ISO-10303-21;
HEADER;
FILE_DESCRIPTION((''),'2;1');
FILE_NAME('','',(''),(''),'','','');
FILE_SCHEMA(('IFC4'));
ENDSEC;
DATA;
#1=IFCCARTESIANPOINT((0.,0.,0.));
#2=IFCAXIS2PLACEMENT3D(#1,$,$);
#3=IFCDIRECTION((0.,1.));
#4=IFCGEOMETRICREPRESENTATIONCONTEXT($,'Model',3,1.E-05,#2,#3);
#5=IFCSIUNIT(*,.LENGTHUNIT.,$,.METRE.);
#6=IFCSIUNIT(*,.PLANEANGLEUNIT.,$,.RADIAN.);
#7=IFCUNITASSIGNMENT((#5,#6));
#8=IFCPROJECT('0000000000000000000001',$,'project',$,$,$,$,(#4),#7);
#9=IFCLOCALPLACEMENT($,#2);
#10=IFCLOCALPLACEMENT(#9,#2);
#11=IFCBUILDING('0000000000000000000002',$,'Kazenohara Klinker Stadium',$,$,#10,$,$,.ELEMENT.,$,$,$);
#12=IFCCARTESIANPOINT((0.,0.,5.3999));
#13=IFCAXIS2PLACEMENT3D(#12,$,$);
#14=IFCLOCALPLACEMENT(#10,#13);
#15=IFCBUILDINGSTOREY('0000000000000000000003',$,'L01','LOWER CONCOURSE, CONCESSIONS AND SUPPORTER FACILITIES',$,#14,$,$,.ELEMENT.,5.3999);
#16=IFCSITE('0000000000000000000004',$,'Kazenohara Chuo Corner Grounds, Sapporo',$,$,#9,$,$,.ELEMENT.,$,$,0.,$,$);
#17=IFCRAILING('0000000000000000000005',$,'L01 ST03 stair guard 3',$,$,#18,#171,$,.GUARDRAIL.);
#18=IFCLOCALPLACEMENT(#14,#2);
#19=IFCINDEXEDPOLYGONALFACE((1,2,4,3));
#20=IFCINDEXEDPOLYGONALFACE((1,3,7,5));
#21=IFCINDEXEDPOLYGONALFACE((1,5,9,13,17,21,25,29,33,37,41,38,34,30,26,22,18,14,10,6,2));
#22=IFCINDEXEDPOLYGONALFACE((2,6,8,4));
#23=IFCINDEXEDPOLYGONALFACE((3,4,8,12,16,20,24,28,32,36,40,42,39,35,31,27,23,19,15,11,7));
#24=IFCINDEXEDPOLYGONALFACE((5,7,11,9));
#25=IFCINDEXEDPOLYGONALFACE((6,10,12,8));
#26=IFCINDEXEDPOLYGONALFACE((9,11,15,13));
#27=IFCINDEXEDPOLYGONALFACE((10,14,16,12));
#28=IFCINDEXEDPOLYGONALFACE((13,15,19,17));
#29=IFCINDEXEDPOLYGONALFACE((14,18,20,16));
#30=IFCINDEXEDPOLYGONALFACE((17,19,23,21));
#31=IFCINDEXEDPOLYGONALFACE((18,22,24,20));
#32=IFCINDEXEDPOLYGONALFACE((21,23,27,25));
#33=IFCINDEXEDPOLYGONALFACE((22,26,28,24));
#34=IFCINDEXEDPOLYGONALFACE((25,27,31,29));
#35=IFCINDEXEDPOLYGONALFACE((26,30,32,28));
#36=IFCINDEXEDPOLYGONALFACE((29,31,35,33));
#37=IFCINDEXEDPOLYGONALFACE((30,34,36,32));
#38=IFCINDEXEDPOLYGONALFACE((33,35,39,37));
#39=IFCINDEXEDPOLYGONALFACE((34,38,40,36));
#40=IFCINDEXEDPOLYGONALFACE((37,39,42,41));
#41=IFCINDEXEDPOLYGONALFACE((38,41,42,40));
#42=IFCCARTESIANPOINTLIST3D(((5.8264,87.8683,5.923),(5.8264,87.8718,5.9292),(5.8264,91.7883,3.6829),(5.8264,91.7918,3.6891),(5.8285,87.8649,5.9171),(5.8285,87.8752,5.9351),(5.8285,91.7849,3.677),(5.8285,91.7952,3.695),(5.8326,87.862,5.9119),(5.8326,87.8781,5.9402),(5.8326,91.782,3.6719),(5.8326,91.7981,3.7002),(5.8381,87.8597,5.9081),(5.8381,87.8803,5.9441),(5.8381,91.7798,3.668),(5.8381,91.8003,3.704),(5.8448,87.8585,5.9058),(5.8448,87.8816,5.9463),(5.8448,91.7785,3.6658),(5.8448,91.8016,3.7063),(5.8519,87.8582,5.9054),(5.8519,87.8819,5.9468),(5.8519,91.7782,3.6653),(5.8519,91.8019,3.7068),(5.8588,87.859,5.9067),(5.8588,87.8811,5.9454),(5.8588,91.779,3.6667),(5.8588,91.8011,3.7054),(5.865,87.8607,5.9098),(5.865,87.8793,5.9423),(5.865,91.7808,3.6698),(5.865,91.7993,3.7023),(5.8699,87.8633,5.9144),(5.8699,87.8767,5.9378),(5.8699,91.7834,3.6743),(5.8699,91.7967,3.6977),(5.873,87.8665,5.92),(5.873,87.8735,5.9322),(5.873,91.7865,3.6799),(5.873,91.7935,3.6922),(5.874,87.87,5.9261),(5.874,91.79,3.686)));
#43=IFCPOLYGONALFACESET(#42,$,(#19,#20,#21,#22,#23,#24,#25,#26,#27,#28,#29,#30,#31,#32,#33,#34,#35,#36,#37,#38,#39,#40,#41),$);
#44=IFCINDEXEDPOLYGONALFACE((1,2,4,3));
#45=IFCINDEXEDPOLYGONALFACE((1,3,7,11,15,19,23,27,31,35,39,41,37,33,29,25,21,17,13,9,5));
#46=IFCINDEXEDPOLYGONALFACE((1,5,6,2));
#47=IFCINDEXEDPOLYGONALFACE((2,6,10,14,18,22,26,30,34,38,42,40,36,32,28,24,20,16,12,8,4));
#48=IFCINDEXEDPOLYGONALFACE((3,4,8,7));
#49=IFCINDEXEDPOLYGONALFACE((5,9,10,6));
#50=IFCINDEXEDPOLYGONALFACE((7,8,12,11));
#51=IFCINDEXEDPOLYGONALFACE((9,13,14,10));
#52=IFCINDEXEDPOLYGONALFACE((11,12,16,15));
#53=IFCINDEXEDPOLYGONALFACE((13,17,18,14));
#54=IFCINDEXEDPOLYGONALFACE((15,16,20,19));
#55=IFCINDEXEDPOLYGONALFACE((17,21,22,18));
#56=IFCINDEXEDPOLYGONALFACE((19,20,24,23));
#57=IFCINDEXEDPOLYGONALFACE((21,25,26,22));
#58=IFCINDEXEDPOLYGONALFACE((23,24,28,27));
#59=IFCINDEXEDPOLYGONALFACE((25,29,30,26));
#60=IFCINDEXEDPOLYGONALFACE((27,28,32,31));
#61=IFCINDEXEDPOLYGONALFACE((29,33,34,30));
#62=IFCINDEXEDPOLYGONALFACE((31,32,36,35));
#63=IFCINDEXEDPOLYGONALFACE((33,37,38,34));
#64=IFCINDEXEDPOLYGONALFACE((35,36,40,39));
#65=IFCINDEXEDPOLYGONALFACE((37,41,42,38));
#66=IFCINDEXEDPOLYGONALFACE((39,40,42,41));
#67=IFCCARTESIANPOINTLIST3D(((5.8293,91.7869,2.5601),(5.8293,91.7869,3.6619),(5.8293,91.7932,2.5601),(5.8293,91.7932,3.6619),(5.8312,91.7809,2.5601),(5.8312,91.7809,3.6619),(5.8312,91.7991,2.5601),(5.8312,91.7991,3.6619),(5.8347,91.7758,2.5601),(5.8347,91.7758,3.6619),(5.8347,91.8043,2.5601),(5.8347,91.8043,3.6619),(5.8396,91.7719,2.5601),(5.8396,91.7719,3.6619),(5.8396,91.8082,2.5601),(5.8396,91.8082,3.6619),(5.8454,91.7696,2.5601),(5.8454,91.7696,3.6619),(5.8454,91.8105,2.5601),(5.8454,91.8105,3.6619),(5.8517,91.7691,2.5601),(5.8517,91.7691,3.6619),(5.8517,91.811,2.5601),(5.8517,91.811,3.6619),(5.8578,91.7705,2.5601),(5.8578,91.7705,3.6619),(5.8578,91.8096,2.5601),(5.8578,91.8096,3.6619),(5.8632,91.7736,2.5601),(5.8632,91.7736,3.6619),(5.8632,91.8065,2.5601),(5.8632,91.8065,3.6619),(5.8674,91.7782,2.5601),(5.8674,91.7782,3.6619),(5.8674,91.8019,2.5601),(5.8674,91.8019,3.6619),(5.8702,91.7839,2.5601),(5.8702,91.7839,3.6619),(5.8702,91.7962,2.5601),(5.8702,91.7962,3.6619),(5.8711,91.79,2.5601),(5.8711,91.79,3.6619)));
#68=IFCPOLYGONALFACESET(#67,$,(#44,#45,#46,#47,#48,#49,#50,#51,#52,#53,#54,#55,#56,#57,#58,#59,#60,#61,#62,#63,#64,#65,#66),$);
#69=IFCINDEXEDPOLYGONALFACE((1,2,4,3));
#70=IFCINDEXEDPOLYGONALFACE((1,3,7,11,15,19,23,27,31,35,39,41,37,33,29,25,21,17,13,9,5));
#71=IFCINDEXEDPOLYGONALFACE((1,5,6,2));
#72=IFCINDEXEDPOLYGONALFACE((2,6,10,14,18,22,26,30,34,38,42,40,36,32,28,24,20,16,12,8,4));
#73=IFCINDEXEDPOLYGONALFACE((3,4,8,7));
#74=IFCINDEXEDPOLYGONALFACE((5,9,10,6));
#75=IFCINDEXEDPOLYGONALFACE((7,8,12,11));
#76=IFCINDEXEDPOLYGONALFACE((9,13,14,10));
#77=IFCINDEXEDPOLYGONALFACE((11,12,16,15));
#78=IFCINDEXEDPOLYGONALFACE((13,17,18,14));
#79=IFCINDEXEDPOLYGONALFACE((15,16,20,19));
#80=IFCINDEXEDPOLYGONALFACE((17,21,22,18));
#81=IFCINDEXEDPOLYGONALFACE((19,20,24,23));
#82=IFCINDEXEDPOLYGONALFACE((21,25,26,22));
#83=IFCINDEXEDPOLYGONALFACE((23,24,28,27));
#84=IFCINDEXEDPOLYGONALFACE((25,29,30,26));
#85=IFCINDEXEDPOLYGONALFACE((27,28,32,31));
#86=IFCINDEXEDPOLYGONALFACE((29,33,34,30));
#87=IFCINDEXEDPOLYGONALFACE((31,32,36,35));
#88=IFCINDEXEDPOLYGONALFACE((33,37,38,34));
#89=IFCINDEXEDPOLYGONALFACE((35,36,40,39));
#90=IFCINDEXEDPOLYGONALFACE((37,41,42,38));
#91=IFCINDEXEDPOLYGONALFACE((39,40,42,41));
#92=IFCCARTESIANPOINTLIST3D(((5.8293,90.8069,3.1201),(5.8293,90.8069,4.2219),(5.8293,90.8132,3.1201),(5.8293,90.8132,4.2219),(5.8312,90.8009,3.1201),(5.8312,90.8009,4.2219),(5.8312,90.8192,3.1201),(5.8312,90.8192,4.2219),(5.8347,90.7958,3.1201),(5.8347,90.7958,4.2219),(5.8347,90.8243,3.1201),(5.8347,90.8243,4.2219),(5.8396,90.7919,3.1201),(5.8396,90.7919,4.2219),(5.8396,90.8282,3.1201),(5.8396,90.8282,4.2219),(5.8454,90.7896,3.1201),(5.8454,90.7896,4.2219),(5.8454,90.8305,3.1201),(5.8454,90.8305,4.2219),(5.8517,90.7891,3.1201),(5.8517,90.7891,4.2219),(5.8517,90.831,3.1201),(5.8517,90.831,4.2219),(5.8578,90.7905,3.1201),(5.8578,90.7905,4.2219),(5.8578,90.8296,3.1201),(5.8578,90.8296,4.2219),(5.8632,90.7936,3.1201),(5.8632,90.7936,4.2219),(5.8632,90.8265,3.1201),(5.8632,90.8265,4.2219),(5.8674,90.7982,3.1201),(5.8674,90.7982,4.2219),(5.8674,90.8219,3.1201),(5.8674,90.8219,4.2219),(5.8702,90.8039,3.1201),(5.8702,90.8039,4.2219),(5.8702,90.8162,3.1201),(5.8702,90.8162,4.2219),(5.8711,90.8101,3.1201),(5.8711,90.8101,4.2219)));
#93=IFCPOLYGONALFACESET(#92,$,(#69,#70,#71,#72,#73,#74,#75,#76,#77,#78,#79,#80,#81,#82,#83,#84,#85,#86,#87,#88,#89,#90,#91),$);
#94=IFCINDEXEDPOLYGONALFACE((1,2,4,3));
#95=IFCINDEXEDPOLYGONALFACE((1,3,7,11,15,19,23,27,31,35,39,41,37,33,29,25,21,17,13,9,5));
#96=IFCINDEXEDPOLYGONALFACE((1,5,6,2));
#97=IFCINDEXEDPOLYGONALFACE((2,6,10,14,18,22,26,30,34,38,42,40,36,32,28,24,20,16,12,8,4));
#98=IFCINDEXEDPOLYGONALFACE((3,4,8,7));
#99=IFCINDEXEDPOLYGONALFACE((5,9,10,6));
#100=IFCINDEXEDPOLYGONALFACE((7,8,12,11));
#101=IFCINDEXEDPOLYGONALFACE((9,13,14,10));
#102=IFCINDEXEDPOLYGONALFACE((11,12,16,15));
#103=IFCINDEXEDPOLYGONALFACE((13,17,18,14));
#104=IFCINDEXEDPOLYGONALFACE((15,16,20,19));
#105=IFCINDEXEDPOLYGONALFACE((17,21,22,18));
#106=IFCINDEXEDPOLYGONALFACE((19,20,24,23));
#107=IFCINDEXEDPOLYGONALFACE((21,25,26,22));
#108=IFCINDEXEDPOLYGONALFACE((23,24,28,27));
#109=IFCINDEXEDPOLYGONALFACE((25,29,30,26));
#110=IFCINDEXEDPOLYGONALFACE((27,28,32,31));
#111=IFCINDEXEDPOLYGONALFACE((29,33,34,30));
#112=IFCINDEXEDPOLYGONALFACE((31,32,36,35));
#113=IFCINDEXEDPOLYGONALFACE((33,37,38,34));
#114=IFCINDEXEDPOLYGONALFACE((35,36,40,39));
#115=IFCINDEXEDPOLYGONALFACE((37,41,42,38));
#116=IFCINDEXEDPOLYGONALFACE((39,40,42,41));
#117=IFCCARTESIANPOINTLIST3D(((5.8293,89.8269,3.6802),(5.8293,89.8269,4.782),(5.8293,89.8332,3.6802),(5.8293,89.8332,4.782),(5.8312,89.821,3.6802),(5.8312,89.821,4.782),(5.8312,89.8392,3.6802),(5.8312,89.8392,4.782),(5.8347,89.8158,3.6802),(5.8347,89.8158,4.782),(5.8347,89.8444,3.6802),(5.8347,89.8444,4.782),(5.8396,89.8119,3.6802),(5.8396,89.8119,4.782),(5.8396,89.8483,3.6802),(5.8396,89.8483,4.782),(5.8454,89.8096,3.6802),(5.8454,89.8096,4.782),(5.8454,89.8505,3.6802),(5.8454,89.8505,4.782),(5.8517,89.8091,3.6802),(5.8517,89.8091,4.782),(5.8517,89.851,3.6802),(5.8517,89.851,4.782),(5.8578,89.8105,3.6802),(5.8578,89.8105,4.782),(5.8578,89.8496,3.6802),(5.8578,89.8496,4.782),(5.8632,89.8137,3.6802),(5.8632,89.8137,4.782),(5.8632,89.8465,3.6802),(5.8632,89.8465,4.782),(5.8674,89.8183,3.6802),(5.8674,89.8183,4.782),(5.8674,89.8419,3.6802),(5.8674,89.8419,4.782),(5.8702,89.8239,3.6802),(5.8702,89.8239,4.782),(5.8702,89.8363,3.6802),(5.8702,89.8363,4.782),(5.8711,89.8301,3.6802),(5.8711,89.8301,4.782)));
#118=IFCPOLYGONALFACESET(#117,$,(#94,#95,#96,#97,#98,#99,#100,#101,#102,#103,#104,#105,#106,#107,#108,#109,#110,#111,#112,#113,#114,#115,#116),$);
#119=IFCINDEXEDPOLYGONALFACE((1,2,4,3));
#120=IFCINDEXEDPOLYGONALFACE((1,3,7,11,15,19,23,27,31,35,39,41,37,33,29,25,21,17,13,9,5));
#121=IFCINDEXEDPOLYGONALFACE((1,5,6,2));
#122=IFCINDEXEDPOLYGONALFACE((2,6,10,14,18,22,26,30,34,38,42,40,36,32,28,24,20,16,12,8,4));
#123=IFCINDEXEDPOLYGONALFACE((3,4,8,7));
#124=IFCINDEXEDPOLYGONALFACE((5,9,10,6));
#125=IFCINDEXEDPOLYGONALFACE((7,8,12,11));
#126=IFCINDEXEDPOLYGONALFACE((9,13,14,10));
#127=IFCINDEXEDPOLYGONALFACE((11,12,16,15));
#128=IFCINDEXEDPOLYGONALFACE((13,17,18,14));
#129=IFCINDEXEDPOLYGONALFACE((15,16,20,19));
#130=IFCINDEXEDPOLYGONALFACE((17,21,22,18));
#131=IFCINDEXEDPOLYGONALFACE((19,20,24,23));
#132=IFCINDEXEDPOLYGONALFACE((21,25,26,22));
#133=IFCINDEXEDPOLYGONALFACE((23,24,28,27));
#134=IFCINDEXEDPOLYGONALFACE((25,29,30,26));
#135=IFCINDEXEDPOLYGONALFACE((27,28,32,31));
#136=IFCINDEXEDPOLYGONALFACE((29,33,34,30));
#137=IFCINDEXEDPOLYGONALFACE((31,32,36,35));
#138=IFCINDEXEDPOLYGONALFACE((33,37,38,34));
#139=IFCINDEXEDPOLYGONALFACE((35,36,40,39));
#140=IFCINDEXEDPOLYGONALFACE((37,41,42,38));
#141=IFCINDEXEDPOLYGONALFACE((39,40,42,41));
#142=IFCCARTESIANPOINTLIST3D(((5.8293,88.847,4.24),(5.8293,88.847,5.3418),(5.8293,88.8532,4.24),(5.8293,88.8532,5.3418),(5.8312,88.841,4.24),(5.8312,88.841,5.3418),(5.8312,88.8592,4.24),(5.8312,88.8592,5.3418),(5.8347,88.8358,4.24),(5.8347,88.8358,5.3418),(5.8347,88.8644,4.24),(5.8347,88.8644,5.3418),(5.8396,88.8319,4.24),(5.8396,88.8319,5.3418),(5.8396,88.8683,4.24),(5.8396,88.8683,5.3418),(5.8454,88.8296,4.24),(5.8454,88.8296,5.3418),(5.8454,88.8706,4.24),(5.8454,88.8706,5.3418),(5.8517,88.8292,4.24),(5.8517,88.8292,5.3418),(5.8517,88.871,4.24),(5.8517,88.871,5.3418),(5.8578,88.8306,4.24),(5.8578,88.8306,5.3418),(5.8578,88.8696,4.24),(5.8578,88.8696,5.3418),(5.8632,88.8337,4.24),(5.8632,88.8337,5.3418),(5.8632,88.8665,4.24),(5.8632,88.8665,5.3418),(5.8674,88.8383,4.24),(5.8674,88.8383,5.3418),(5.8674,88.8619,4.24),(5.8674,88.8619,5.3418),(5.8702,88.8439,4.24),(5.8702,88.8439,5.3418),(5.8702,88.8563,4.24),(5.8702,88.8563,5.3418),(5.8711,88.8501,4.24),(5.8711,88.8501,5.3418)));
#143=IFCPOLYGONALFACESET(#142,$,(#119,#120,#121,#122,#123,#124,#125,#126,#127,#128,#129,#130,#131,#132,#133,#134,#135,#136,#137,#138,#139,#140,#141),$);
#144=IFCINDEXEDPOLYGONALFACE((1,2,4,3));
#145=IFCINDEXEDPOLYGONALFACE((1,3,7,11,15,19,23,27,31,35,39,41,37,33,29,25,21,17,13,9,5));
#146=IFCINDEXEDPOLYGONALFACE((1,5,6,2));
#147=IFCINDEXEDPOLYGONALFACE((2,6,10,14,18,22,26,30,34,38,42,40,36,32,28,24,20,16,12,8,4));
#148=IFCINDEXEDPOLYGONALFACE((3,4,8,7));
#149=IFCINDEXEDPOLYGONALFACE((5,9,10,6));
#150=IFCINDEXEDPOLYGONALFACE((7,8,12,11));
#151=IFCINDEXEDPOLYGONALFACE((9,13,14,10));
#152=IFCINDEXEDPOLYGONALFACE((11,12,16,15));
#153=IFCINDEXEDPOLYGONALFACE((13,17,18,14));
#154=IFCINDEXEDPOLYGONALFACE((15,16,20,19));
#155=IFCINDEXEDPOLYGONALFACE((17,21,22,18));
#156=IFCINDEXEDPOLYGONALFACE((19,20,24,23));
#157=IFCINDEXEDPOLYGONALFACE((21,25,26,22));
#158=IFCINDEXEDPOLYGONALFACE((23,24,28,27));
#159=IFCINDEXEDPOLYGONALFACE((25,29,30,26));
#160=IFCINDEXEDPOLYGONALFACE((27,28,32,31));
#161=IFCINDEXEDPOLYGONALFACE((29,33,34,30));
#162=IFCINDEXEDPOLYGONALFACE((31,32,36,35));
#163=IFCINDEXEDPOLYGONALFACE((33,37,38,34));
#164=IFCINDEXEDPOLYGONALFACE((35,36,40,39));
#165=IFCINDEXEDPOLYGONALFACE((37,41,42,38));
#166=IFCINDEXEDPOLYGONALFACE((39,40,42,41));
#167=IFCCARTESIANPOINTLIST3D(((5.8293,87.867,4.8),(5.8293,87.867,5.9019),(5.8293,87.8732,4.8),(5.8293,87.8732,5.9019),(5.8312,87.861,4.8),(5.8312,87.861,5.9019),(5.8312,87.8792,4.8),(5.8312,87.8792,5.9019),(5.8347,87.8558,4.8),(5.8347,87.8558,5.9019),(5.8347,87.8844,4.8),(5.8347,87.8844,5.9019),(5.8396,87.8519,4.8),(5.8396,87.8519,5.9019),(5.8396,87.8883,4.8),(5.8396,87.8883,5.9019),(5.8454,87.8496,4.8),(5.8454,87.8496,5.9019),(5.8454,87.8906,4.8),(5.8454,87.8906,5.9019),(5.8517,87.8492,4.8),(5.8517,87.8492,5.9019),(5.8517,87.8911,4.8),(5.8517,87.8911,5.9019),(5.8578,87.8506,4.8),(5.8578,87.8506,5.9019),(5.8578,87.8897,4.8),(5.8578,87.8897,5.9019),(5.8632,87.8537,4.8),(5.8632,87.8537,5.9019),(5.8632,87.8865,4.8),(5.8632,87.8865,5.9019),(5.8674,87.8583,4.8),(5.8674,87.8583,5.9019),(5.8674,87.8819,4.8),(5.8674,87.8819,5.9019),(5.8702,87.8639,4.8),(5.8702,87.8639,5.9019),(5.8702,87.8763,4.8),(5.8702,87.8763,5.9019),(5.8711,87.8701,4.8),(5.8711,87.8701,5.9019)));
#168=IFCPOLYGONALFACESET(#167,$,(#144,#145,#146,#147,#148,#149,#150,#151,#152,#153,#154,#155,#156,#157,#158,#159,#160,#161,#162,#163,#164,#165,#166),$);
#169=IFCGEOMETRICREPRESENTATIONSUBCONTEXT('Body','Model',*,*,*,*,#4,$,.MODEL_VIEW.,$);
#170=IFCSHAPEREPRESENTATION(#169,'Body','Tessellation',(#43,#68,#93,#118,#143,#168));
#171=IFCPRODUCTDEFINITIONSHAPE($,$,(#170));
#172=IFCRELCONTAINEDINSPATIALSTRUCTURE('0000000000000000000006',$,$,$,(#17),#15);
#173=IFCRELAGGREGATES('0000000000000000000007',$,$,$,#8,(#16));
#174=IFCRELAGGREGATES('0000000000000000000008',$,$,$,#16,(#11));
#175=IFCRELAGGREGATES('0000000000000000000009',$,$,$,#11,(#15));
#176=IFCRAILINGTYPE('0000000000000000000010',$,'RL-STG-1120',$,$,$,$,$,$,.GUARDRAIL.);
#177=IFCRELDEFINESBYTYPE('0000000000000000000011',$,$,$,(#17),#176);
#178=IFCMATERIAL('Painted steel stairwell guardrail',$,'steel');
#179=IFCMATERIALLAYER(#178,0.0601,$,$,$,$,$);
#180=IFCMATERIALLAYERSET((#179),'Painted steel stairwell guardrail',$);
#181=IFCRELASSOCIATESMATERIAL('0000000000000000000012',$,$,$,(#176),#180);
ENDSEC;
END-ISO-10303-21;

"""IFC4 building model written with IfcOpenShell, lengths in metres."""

from ifc_helpers import new_model, si_unit, direction, frame, origin, origin_2d, place, context, subcontext, project, spatial, circle, extrude, material, layer, layer_set, type_object, element, save


model = new_model("IFC4")

# Units and contexts
model_context = context("Model", 3, precision=1e-05, world=origin(), true_north=direction((0.0, 1.0)))
body_context = subcontext(model_context, "Body", "Model", "MODEL_VIEW")
ifc_project = project(units=[si_unit("LENGTHUNIT", "METRE"), si_unit("PLANEANGLEUNIT", "RADIAN")], contexts=[model_context])

# Site, building, storey
site_placement = place(None, origin())
site = spatial("IfcSite", under=ifc_project, at=site_placement, Name="Kazenohara Chuo Corner Grounds, Sapporo", CompositionType="ELEMENT", RefElevation=0.0)
building_placement = place(site_placement, origin())
building = spatial("IfcBuilding", under=site, at=building_placement, Name="Kazenohara Klinker Stadium", CompositionType="ELEMENT")
storey_placement = place(building_placement, frame((0.0, 0.0, 5.3999)))
storey = spatial("IfcBuildingStorey", under=building, at=storey_placement, Name="L01", Description="LOWER CONCOURSE, CONCESSIONS AND SUPPORTER FACILITIES", CompositionType="ELEMENT", Elevation=5.3999)

# Railing
ifc_material_1 = material(Name="Painted steel stairwell guardrail", Category="steel")
ifc_layer_1 = layer(ifc_material_1, 0.0601)
ifc_layer_set_1 = layer_set([ifc_layer_1], Name="Painted steel stairwell guardrail")
railing_type_1 = type_object("IfcRailingType", Name="RL-STG-1120", PredefinedType="GUARDRAIL", material=ifc_layer_set_1)
railing_1_placement = place(storey_placement, frame((5.8501, 91.79, 2.5601)))
element("IfcRailing", 1, at=railing_1_placement, inside=storey, type_object=railing_type_1, Name="L01 ST03 stair guard 3", PredefinedType="GUARDRAIL", context=body_context, shape_type="SweptSolid", body=[
    extrude(circle(Radius=0.0239, at=origin_2d()), frame((0.0, 0.0, 1.126), z_axis=(0.0, -0.86824, 0.496145), x_axis=(1.0, 0.0, 0.0)), (0.0, 0.0, 1.0), 4.5149),
    extrude(circle(Radius=0.021, at=origin_2d()), origin(), (0.0, 0.0, 1.0), 1.1018),
    extrude(circle(Radius=0.021, at=origin_2d()), frame((0.0, -0.98, 0.5601)), (0.0, 0.0, 1.0), 1.1018),
    extrude(circle(Radius=0.021, at=origin_2d()), frame((0.0, -1.96, 1.1201)), (0.0, 0.0, 1.0), 1.1018),
    extrude(circle(Radius=0.021, at=origin_2d()), frame((0.0, -2.9399, 1.6799)), (0.0, 0.0, 1.0), 1.1018),
    extrude(circle(Radius=0.021, at=origin_2d()), frame((0.0, -3.9199, 2.24)), (0.0, 0.0, 1.0), 1.1018),
])

save(model, "model.ifc")
